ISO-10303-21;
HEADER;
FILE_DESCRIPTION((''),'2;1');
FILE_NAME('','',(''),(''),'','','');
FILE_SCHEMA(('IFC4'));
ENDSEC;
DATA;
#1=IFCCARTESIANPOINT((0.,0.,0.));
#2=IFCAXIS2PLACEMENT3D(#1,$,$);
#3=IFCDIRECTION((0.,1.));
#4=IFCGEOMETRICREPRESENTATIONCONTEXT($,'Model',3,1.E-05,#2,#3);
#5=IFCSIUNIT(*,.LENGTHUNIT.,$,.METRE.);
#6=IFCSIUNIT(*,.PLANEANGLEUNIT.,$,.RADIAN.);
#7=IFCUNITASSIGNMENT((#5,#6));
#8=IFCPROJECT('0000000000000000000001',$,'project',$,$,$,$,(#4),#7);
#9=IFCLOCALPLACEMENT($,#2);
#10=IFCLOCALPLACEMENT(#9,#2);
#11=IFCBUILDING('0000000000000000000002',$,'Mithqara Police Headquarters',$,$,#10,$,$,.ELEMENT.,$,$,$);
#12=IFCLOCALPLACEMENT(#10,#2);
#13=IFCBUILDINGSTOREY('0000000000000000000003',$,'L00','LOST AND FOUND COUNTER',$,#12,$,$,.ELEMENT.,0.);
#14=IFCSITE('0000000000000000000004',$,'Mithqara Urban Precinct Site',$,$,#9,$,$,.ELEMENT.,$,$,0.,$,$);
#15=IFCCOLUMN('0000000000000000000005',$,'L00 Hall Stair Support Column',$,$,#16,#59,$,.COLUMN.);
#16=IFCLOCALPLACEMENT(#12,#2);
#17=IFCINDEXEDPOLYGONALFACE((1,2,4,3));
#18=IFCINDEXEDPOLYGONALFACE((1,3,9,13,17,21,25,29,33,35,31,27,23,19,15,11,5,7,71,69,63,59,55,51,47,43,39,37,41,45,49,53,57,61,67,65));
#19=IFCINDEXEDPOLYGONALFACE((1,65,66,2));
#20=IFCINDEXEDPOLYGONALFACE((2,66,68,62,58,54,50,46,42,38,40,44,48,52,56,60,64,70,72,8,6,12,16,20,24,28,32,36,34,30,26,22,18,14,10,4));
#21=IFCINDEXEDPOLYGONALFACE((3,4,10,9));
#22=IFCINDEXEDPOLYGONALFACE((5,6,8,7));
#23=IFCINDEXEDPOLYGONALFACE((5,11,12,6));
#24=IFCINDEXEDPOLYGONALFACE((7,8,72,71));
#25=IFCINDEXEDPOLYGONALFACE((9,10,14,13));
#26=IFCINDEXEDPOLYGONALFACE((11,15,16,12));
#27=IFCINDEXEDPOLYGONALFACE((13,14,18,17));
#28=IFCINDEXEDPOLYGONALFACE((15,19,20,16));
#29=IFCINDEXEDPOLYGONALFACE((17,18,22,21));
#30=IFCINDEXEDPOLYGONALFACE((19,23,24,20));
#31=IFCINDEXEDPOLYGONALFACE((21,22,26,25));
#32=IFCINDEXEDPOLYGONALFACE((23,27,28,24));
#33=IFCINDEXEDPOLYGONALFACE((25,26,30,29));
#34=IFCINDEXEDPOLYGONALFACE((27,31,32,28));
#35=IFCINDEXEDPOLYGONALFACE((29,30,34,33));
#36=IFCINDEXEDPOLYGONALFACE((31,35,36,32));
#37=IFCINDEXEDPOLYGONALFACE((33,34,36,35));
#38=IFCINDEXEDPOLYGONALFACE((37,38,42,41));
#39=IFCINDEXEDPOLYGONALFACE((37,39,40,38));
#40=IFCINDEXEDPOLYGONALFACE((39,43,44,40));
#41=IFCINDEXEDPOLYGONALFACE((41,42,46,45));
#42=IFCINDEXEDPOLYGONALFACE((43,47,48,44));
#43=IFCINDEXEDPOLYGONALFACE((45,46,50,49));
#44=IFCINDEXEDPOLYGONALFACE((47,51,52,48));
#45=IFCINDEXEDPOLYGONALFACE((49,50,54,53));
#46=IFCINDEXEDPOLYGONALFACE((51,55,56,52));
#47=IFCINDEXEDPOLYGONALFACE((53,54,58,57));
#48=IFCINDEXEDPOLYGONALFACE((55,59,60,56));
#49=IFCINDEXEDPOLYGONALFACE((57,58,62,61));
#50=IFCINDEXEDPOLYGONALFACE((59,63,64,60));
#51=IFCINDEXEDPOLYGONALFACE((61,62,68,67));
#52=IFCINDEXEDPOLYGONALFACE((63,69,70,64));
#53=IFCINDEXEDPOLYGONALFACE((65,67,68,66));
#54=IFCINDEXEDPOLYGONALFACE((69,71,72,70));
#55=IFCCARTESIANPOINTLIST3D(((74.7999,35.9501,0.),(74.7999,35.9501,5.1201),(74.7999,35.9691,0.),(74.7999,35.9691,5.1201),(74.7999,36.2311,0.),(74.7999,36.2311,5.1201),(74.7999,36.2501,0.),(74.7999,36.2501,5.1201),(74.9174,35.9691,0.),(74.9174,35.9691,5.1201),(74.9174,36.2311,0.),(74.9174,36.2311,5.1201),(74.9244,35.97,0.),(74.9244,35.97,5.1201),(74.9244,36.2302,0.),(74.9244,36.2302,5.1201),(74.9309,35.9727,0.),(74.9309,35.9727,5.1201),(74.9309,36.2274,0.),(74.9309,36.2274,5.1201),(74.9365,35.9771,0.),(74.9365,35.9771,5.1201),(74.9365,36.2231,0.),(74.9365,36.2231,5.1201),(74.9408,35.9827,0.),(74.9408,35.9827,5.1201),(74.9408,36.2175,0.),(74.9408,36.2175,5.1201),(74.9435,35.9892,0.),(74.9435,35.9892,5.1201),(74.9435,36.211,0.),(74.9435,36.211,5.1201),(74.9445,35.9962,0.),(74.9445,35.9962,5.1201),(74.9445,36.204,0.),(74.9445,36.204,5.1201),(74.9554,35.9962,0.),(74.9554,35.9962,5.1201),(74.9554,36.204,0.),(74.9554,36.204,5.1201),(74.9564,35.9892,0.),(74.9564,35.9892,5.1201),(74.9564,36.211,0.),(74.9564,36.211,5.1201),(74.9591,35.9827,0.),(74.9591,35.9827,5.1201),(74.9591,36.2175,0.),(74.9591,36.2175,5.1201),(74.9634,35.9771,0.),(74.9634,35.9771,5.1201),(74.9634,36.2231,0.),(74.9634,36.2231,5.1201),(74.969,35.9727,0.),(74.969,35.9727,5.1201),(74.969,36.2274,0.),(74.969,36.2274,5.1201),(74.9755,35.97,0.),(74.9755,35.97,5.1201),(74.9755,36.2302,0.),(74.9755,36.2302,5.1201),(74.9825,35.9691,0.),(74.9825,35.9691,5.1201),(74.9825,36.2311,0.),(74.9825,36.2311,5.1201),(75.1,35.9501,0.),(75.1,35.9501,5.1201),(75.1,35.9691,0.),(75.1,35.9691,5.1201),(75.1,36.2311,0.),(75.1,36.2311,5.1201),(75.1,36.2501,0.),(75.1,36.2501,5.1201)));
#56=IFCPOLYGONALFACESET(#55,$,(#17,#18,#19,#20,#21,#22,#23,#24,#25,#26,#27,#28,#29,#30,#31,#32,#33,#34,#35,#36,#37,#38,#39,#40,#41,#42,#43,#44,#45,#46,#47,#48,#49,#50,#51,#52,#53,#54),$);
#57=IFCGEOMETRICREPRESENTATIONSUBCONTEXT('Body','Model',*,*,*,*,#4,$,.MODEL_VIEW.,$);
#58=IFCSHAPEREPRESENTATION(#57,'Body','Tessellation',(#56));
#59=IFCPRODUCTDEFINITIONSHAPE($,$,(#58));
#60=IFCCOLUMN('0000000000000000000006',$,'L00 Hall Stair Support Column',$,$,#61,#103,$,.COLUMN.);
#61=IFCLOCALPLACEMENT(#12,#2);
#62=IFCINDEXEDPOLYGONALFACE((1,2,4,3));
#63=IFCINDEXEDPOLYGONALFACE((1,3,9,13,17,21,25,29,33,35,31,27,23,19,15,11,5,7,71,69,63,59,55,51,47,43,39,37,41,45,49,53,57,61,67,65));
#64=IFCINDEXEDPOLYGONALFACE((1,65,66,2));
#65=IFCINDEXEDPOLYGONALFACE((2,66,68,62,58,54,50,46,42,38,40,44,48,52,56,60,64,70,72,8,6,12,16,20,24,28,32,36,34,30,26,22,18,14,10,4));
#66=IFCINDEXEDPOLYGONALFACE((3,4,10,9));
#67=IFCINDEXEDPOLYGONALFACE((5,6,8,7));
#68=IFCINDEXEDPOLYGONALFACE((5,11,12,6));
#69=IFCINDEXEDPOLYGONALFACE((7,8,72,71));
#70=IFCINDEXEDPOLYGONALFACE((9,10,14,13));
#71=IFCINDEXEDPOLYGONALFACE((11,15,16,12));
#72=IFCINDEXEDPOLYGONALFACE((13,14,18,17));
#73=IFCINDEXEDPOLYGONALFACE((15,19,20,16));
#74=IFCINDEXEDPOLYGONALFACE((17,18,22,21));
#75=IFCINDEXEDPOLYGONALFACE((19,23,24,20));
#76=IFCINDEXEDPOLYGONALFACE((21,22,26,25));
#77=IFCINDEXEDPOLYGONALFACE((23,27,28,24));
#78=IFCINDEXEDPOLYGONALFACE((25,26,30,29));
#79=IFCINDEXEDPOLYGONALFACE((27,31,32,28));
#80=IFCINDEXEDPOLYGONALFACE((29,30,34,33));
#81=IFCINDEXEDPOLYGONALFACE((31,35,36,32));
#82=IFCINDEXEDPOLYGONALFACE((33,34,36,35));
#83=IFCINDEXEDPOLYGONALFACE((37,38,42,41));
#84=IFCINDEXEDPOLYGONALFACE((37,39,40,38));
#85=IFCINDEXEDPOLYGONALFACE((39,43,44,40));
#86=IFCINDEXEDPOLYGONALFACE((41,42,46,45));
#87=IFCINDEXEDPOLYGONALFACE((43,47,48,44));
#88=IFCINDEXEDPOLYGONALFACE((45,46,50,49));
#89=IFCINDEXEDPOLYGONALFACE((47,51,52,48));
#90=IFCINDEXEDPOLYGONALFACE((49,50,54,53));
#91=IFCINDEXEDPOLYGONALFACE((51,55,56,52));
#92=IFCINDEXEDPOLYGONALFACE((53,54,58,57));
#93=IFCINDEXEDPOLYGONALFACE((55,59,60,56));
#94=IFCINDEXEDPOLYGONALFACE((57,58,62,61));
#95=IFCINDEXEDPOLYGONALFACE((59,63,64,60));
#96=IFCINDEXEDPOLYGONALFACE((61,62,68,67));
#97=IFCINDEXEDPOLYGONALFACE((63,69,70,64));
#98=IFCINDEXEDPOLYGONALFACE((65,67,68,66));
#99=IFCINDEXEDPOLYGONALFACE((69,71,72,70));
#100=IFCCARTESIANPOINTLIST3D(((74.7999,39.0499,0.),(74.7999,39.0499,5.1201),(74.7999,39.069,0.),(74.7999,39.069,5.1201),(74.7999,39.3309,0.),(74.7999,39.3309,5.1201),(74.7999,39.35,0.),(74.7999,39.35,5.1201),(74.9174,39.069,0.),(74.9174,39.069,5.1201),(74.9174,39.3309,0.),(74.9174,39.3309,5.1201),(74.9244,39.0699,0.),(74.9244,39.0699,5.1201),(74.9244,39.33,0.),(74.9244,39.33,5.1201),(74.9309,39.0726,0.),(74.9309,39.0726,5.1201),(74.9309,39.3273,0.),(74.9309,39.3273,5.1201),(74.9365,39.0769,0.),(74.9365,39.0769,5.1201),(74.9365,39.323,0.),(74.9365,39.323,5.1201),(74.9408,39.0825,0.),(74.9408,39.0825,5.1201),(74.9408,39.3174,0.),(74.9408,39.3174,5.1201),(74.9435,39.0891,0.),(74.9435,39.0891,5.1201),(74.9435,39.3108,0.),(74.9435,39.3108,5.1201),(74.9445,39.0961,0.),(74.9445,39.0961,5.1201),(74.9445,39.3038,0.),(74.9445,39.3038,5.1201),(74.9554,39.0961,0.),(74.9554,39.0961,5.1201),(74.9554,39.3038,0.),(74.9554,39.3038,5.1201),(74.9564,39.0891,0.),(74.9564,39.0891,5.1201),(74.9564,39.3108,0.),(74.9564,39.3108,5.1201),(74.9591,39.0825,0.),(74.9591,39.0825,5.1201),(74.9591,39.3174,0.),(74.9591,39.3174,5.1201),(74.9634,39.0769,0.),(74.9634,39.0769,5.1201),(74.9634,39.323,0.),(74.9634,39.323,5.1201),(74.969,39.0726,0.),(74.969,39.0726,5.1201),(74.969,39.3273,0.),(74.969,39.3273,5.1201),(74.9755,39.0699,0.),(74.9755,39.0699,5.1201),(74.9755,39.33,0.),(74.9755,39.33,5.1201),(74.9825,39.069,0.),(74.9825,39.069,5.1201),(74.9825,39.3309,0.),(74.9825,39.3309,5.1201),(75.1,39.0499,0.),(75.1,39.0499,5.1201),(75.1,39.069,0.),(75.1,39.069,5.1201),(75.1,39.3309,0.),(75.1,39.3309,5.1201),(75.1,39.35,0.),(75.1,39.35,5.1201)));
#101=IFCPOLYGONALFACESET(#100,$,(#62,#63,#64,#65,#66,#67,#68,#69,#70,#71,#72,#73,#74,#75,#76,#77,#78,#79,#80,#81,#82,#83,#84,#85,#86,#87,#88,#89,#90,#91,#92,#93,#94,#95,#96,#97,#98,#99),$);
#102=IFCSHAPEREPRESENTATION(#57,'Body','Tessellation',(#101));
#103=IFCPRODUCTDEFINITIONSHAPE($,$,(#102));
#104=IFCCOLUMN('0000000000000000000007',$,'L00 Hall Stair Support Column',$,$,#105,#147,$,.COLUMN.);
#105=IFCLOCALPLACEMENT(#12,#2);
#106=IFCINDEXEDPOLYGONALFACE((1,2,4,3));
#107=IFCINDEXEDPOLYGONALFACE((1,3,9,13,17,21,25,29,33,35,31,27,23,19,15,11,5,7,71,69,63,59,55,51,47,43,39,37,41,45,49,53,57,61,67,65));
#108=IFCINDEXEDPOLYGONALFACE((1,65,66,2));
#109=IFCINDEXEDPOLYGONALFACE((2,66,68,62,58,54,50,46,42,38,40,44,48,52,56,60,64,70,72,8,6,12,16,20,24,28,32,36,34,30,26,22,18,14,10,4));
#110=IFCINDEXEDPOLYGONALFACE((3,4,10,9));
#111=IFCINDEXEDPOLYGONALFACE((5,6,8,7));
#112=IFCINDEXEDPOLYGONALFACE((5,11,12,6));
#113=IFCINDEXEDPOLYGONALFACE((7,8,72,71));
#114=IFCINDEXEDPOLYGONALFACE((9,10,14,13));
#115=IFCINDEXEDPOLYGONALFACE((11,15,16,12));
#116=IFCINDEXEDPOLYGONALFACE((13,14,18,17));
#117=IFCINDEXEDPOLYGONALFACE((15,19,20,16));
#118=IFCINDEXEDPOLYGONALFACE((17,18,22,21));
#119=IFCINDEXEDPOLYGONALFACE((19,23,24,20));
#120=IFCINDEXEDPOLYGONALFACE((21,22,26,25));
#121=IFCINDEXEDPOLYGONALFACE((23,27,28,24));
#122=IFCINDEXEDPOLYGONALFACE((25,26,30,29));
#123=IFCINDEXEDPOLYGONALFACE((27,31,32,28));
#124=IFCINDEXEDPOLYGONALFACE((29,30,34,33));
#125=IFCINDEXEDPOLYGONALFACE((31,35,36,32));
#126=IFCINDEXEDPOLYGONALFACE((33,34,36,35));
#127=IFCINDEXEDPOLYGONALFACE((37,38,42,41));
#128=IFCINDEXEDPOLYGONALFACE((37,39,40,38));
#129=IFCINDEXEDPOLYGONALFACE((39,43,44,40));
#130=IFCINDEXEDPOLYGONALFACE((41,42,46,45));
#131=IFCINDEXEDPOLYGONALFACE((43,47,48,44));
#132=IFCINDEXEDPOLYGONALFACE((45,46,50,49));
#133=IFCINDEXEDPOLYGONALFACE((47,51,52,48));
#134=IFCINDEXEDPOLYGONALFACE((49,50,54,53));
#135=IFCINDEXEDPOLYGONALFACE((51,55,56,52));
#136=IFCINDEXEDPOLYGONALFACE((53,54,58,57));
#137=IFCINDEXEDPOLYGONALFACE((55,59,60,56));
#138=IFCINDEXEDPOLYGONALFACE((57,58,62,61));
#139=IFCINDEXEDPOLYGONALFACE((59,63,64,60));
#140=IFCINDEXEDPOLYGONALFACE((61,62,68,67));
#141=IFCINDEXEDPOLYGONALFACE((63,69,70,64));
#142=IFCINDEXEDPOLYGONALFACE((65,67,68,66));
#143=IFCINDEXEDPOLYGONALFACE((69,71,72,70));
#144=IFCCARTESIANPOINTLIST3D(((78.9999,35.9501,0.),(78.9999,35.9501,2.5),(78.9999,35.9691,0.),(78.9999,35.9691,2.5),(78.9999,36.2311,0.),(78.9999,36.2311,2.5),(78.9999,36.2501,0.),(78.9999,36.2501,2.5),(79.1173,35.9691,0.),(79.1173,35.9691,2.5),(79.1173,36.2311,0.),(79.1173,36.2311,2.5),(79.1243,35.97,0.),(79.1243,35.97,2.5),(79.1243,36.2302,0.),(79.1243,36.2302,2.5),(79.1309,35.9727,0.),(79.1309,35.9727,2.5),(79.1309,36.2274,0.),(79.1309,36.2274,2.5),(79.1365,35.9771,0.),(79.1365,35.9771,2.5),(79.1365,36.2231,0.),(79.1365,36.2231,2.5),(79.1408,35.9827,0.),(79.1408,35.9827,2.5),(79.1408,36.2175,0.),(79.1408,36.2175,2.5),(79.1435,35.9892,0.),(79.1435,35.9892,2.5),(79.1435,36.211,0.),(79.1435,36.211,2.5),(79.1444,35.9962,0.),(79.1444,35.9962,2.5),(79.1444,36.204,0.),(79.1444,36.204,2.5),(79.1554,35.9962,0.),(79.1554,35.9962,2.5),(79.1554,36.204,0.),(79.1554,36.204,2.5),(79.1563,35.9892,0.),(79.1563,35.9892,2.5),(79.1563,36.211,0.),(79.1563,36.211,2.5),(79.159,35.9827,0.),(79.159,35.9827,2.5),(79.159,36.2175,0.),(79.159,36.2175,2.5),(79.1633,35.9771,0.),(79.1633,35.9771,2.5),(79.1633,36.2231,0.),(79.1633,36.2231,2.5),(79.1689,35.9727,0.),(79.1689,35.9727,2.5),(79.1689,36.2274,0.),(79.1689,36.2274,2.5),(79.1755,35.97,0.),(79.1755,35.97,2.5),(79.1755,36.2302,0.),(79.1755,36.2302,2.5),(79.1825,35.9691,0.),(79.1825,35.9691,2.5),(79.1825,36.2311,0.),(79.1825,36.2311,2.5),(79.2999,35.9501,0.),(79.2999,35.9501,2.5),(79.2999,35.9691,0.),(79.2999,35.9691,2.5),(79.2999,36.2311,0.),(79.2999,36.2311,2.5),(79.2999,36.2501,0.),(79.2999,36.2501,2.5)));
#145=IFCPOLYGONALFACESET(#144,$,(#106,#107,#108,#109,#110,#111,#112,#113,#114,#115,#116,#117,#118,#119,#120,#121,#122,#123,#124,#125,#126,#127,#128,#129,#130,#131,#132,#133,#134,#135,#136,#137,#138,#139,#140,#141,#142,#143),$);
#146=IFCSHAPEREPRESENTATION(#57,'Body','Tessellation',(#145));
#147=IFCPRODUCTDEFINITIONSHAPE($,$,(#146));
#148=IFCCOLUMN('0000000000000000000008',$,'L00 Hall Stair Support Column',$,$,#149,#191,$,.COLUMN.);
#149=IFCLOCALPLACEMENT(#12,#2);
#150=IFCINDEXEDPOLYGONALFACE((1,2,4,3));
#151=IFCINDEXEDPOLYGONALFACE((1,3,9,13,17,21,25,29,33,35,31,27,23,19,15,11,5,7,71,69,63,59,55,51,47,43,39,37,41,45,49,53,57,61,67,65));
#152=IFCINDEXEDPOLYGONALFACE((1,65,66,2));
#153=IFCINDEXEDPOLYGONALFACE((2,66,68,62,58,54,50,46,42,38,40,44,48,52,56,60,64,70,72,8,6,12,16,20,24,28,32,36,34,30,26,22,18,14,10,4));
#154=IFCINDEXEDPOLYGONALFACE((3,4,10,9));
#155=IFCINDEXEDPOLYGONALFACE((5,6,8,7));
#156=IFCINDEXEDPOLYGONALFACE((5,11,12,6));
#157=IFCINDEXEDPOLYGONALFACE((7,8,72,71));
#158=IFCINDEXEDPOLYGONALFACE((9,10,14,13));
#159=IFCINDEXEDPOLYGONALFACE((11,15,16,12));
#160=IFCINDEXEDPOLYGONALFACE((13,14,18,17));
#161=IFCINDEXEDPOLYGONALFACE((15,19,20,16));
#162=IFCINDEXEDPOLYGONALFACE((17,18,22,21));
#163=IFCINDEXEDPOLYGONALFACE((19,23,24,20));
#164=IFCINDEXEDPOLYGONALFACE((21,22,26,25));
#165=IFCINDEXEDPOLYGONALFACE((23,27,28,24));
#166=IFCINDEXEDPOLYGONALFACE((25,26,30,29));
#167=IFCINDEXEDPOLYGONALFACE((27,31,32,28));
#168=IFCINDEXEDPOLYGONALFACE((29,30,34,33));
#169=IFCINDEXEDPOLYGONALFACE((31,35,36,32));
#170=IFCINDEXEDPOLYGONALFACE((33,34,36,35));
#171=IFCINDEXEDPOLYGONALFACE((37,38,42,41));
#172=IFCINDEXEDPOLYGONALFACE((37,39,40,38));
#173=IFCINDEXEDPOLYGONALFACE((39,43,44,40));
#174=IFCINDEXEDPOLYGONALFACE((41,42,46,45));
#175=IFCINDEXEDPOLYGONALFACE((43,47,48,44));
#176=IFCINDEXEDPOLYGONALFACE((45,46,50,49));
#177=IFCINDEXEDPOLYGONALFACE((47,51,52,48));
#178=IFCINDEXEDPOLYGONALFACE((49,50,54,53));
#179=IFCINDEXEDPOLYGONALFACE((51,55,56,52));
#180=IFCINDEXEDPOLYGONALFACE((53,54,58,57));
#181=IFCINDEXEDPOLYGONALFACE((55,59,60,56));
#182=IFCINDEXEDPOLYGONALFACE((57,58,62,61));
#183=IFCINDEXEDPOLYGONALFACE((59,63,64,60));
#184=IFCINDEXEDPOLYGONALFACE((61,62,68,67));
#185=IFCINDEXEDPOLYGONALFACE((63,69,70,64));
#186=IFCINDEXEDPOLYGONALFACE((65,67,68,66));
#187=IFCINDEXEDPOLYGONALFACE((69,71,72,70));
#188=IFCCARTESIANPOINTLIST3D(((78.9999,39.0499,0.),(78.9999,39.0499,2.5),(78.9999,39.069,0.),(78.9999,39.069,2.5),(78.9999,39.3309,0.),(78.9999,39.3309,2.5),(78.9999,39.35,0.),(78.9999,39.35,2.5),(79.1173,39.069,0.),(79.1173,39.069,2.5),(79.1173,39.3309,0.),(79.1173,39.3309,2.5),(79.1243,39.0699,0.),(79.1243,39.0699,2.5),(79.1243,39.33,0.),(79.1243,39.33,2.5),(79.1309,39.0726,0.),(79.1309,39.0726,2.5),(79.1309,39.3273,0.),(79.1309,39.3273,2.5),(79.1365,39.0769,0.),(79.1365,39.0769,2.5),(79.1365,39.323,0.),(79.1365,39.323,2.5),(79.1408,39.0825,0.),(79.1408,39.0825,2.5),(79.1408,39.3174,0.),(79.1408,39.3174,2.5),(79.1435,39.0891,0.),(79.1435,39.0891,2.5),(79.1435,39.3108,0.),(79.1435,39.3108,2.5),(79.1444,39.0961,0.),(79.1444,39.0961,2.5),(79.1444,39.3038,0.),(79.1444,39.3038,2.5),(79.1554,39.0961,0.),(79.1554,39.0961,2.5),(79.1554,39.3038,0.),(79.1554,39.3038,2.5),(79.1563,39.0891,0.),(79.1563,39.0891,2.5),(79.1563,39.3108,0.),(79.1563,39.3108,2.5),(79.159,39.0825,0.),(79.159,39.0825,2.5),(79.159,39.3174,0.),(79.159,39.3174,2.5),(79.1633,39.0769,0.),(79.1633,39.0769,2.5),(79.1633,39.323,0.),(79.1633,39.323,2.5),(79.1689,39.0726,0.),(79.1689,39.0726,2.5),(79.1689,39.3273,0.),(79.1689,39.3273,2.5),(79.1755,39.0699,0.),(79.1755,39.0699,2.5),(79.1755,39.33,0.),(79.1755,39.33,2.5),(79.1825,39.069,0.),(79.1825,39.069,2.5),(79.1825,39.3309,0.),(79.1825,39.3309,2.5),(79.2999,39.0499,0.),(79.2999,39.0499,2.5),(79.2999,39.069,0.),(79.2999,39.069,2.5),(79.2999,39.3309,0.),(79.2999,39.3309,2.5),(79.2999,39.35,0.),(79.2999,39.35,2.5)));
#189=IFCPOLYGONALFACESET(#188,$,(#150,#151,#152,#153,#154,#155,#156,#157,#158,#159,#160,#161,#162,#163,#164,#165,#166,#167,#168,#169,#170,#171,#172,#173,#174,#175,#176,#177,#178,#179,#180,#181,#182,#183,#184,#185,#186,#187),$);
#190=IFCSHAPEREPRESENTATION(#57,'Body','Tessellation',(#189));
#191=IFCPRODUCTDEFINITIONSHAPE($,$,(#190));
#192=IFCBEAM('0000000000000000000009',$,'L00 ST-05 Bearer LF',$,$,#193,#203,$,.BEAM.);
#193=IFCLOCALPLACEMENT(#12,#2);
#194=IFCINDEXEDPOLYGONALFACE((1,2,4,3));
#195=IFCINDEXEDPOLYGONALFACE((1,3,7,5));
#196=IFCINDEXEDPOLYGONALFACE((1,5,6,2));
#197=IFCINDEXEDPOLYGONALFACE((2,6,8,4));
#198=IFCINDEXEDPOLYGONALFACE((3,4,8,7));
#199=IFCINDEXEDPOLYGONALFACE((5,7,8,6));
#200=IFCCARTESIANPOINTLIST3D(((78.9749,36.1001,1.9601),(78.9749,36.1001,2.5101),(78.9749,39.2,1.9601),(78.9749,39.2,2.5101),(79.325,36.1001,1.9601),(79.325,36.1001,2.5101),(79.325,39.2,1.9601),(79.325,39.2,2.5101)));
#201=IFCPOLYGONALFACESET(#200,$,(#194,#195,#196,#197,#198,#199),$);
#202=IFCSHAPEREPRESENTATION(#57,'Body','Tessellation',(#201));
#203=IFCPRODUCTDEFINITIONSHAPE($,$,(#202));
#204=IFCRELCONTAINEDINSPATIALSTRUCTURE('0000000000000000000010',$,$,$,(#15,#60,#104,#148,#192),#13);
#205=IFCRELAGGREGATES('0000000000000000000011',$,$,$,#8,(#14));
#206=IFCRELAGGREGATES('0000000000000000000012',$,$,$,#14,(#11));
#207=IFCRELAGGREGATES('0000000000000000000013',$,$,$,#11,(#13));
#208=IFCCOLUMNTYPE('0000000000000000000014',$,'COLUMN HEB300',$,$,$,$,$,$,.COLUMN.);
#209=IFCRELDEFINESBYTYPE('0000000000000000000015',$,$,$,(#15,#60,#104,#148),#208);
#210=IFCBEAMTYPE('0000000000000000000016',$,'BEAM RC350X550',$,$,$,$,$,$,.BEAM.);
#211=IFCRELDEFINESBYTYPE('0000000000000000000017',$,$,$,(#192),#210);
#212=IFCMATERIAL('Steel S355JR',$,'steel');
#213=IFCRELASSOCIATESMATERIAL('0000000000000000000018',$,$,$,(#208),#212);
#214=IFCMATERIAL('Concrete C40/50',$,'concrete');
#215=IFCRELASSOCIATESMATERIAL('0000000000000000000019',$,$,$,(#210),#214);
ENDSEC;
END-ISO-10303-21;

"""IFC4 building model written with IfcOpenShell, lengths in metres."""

from ifc_helpers import new_model, si_unit, direction, frame, origin, origin_2d, place, context, subcontext, project, spatial, rectangle, i_section, extrude, material, material_profile, profile_set, type_object, element, save


model = new_model("IFC4")

# Units and contexts
model_context = context("Model", 3, precision=1e-05, world=origin(), true_north=direction((0.0, 1.0)))
body_context = subcontext(model_context, "Body", "Model", "MODEL_VIEW")
ifc_project = project(units=[si_unit("LENGTHUNIT", "METRE"), si_unit("PLANEANGLEUNIT", "RADIAN")], contexts=[model_context])

# Site, building, storey
site_placement = place(None, origin())
site = spatial("IfcSite", under=ifc_project, at=site_placement, Name="Mithqara Urban Precinct Site", CompositionType="ELEMENT", RefElevation=0.0)
building_placement = place(site_placement, origin())
building = spatial("IfcBuilding", under=site, at=building_placement, Name="Mithqara Police Headquarters", CompositionType="ELEMENT")
storey_placement = place(building_placement, origin())
storey = spatial("IfcBuildingStorey", under=building, at=storey_placement, Name="L00", Description="LOST AND FOUND COUNTER", CompositionType="ELEMENT", Elevation=0.0)

# Columns
ifc_material_1 = material(Name="Steel S355JR", Category="steel")
ifc_material_profile_1 = material_profile(ifc_material_1, i_section(OverallWidth=0.3, OverallDepth=0.3, WebThickness=0.011, FlangeThickness=0.019, FilletRadius=0.0271, at=origin_2d()), Name="HEB 300")
ifc_profile_set_1 = profile_set([ifc_material_profile_1], Name="Steel S355JR")
column_type = type_object("IfcColumnType", Name="COLUMN HEB300", PredefinedType="COLUMN", material=ifc_profile_set_1)
for number, where, z_axis, x_axis, name in (
    (1, (74.95, 36.1001, 0.0), (0.0, 0.0, 1.0), (1.0, 0.0, 0.0), "L00 Hall Stair Support Column"),
    (2, (74.95, 39.2, 0.0), (0.0, 0.0, 1.0), (1.0, 0.0, 0.0), "L00 Hall Stair Support Column"),
):
    element("IfcColumn", number, at=place(storey_placement, frame(where, z_axis=z_axis, x_axis=x_axis)), inside=storey, type_object=column_type, Name=name, PredefinedType="COLUMN", context=body_context, shape_type="SweptSolid", body=[
        extrude(i_section(OverallWidth=0.3, OverallDepth=0.3, WebThickness=0.011, FlangeThickness=0.019, FilletRadius=0.0271, at=origin_2d()), origin(), (0.0, 0.0, 1.0), 5.1201),
    ])
for number, where, z_axis, x_axis, name in (
    (3, (79.1499, 36.1001, 0.0), (0.0, 0.0, 1.0), (1.0, 0.0, 0.0), "L00 Hall Stair Support Column"),
    (4, (79.1499, 39.2, 0.0), (0.0, 0.0, 1.0), (1.0, 0.0, 0.0), "L00 Hall Stair Support Column"),
):
    element("IfcColumn", number, at=place(storey_placement, frame(where, z_axis=z_axis, x_axis=x_axis)), inside=storey, type_object=column_type, Name=name, PredefinedType="COLUMN", context=body_context, shape_type="SweptSolid", body=[
        extrude(i_section(OverallWidth=0.3, OverallDepth=0.3, WebThickness=0.011, FlangeThickness=0.019, FilletRadius=0.0271, at=origin_2d()), origin(), (0.0, 0.0, 1.0), 2.5),
    ])

# Beam
ifc_material_2 = material(Name="Concrete C40/50", Category="concrete")
ifc_material_profile_2 = material_profile(ifc_material_2, rectangle(XDim=0.3501, YDim=0.55, at=origin_2d()), Name="RC 350x550")
ifc_profile_set_2 = profile_set([ifc_material_profile_2], Name="Concrete C40/50")
beam_type = type_object("IfcBeamType", Name="BEAM RC350X550", PredefinedType="BEAM", material=ifc_profile_set_2)
beam_placement = place(storey_placement, frame((79.1499, 36.1001, 2.2351), z_axis=(0.0, 1.0, 0.0), x_axis=(-1.0, 0.0, 0.0)))
element("IfcBeam", 5, at=beam_placement, inside=storey, type_object=beam_type, Name="L00 ST-05 Bearer LF", PredefinedType="BEAM", context=body_context, shape_type="SweptSolid", body=[
    extrude(rectangle(XDim=0.3501, YDim=0.55, at=origin_2d()), origin(), (0.0, 0.0, 1.0), 3.0999),
])

save(model, "model.ifc")
